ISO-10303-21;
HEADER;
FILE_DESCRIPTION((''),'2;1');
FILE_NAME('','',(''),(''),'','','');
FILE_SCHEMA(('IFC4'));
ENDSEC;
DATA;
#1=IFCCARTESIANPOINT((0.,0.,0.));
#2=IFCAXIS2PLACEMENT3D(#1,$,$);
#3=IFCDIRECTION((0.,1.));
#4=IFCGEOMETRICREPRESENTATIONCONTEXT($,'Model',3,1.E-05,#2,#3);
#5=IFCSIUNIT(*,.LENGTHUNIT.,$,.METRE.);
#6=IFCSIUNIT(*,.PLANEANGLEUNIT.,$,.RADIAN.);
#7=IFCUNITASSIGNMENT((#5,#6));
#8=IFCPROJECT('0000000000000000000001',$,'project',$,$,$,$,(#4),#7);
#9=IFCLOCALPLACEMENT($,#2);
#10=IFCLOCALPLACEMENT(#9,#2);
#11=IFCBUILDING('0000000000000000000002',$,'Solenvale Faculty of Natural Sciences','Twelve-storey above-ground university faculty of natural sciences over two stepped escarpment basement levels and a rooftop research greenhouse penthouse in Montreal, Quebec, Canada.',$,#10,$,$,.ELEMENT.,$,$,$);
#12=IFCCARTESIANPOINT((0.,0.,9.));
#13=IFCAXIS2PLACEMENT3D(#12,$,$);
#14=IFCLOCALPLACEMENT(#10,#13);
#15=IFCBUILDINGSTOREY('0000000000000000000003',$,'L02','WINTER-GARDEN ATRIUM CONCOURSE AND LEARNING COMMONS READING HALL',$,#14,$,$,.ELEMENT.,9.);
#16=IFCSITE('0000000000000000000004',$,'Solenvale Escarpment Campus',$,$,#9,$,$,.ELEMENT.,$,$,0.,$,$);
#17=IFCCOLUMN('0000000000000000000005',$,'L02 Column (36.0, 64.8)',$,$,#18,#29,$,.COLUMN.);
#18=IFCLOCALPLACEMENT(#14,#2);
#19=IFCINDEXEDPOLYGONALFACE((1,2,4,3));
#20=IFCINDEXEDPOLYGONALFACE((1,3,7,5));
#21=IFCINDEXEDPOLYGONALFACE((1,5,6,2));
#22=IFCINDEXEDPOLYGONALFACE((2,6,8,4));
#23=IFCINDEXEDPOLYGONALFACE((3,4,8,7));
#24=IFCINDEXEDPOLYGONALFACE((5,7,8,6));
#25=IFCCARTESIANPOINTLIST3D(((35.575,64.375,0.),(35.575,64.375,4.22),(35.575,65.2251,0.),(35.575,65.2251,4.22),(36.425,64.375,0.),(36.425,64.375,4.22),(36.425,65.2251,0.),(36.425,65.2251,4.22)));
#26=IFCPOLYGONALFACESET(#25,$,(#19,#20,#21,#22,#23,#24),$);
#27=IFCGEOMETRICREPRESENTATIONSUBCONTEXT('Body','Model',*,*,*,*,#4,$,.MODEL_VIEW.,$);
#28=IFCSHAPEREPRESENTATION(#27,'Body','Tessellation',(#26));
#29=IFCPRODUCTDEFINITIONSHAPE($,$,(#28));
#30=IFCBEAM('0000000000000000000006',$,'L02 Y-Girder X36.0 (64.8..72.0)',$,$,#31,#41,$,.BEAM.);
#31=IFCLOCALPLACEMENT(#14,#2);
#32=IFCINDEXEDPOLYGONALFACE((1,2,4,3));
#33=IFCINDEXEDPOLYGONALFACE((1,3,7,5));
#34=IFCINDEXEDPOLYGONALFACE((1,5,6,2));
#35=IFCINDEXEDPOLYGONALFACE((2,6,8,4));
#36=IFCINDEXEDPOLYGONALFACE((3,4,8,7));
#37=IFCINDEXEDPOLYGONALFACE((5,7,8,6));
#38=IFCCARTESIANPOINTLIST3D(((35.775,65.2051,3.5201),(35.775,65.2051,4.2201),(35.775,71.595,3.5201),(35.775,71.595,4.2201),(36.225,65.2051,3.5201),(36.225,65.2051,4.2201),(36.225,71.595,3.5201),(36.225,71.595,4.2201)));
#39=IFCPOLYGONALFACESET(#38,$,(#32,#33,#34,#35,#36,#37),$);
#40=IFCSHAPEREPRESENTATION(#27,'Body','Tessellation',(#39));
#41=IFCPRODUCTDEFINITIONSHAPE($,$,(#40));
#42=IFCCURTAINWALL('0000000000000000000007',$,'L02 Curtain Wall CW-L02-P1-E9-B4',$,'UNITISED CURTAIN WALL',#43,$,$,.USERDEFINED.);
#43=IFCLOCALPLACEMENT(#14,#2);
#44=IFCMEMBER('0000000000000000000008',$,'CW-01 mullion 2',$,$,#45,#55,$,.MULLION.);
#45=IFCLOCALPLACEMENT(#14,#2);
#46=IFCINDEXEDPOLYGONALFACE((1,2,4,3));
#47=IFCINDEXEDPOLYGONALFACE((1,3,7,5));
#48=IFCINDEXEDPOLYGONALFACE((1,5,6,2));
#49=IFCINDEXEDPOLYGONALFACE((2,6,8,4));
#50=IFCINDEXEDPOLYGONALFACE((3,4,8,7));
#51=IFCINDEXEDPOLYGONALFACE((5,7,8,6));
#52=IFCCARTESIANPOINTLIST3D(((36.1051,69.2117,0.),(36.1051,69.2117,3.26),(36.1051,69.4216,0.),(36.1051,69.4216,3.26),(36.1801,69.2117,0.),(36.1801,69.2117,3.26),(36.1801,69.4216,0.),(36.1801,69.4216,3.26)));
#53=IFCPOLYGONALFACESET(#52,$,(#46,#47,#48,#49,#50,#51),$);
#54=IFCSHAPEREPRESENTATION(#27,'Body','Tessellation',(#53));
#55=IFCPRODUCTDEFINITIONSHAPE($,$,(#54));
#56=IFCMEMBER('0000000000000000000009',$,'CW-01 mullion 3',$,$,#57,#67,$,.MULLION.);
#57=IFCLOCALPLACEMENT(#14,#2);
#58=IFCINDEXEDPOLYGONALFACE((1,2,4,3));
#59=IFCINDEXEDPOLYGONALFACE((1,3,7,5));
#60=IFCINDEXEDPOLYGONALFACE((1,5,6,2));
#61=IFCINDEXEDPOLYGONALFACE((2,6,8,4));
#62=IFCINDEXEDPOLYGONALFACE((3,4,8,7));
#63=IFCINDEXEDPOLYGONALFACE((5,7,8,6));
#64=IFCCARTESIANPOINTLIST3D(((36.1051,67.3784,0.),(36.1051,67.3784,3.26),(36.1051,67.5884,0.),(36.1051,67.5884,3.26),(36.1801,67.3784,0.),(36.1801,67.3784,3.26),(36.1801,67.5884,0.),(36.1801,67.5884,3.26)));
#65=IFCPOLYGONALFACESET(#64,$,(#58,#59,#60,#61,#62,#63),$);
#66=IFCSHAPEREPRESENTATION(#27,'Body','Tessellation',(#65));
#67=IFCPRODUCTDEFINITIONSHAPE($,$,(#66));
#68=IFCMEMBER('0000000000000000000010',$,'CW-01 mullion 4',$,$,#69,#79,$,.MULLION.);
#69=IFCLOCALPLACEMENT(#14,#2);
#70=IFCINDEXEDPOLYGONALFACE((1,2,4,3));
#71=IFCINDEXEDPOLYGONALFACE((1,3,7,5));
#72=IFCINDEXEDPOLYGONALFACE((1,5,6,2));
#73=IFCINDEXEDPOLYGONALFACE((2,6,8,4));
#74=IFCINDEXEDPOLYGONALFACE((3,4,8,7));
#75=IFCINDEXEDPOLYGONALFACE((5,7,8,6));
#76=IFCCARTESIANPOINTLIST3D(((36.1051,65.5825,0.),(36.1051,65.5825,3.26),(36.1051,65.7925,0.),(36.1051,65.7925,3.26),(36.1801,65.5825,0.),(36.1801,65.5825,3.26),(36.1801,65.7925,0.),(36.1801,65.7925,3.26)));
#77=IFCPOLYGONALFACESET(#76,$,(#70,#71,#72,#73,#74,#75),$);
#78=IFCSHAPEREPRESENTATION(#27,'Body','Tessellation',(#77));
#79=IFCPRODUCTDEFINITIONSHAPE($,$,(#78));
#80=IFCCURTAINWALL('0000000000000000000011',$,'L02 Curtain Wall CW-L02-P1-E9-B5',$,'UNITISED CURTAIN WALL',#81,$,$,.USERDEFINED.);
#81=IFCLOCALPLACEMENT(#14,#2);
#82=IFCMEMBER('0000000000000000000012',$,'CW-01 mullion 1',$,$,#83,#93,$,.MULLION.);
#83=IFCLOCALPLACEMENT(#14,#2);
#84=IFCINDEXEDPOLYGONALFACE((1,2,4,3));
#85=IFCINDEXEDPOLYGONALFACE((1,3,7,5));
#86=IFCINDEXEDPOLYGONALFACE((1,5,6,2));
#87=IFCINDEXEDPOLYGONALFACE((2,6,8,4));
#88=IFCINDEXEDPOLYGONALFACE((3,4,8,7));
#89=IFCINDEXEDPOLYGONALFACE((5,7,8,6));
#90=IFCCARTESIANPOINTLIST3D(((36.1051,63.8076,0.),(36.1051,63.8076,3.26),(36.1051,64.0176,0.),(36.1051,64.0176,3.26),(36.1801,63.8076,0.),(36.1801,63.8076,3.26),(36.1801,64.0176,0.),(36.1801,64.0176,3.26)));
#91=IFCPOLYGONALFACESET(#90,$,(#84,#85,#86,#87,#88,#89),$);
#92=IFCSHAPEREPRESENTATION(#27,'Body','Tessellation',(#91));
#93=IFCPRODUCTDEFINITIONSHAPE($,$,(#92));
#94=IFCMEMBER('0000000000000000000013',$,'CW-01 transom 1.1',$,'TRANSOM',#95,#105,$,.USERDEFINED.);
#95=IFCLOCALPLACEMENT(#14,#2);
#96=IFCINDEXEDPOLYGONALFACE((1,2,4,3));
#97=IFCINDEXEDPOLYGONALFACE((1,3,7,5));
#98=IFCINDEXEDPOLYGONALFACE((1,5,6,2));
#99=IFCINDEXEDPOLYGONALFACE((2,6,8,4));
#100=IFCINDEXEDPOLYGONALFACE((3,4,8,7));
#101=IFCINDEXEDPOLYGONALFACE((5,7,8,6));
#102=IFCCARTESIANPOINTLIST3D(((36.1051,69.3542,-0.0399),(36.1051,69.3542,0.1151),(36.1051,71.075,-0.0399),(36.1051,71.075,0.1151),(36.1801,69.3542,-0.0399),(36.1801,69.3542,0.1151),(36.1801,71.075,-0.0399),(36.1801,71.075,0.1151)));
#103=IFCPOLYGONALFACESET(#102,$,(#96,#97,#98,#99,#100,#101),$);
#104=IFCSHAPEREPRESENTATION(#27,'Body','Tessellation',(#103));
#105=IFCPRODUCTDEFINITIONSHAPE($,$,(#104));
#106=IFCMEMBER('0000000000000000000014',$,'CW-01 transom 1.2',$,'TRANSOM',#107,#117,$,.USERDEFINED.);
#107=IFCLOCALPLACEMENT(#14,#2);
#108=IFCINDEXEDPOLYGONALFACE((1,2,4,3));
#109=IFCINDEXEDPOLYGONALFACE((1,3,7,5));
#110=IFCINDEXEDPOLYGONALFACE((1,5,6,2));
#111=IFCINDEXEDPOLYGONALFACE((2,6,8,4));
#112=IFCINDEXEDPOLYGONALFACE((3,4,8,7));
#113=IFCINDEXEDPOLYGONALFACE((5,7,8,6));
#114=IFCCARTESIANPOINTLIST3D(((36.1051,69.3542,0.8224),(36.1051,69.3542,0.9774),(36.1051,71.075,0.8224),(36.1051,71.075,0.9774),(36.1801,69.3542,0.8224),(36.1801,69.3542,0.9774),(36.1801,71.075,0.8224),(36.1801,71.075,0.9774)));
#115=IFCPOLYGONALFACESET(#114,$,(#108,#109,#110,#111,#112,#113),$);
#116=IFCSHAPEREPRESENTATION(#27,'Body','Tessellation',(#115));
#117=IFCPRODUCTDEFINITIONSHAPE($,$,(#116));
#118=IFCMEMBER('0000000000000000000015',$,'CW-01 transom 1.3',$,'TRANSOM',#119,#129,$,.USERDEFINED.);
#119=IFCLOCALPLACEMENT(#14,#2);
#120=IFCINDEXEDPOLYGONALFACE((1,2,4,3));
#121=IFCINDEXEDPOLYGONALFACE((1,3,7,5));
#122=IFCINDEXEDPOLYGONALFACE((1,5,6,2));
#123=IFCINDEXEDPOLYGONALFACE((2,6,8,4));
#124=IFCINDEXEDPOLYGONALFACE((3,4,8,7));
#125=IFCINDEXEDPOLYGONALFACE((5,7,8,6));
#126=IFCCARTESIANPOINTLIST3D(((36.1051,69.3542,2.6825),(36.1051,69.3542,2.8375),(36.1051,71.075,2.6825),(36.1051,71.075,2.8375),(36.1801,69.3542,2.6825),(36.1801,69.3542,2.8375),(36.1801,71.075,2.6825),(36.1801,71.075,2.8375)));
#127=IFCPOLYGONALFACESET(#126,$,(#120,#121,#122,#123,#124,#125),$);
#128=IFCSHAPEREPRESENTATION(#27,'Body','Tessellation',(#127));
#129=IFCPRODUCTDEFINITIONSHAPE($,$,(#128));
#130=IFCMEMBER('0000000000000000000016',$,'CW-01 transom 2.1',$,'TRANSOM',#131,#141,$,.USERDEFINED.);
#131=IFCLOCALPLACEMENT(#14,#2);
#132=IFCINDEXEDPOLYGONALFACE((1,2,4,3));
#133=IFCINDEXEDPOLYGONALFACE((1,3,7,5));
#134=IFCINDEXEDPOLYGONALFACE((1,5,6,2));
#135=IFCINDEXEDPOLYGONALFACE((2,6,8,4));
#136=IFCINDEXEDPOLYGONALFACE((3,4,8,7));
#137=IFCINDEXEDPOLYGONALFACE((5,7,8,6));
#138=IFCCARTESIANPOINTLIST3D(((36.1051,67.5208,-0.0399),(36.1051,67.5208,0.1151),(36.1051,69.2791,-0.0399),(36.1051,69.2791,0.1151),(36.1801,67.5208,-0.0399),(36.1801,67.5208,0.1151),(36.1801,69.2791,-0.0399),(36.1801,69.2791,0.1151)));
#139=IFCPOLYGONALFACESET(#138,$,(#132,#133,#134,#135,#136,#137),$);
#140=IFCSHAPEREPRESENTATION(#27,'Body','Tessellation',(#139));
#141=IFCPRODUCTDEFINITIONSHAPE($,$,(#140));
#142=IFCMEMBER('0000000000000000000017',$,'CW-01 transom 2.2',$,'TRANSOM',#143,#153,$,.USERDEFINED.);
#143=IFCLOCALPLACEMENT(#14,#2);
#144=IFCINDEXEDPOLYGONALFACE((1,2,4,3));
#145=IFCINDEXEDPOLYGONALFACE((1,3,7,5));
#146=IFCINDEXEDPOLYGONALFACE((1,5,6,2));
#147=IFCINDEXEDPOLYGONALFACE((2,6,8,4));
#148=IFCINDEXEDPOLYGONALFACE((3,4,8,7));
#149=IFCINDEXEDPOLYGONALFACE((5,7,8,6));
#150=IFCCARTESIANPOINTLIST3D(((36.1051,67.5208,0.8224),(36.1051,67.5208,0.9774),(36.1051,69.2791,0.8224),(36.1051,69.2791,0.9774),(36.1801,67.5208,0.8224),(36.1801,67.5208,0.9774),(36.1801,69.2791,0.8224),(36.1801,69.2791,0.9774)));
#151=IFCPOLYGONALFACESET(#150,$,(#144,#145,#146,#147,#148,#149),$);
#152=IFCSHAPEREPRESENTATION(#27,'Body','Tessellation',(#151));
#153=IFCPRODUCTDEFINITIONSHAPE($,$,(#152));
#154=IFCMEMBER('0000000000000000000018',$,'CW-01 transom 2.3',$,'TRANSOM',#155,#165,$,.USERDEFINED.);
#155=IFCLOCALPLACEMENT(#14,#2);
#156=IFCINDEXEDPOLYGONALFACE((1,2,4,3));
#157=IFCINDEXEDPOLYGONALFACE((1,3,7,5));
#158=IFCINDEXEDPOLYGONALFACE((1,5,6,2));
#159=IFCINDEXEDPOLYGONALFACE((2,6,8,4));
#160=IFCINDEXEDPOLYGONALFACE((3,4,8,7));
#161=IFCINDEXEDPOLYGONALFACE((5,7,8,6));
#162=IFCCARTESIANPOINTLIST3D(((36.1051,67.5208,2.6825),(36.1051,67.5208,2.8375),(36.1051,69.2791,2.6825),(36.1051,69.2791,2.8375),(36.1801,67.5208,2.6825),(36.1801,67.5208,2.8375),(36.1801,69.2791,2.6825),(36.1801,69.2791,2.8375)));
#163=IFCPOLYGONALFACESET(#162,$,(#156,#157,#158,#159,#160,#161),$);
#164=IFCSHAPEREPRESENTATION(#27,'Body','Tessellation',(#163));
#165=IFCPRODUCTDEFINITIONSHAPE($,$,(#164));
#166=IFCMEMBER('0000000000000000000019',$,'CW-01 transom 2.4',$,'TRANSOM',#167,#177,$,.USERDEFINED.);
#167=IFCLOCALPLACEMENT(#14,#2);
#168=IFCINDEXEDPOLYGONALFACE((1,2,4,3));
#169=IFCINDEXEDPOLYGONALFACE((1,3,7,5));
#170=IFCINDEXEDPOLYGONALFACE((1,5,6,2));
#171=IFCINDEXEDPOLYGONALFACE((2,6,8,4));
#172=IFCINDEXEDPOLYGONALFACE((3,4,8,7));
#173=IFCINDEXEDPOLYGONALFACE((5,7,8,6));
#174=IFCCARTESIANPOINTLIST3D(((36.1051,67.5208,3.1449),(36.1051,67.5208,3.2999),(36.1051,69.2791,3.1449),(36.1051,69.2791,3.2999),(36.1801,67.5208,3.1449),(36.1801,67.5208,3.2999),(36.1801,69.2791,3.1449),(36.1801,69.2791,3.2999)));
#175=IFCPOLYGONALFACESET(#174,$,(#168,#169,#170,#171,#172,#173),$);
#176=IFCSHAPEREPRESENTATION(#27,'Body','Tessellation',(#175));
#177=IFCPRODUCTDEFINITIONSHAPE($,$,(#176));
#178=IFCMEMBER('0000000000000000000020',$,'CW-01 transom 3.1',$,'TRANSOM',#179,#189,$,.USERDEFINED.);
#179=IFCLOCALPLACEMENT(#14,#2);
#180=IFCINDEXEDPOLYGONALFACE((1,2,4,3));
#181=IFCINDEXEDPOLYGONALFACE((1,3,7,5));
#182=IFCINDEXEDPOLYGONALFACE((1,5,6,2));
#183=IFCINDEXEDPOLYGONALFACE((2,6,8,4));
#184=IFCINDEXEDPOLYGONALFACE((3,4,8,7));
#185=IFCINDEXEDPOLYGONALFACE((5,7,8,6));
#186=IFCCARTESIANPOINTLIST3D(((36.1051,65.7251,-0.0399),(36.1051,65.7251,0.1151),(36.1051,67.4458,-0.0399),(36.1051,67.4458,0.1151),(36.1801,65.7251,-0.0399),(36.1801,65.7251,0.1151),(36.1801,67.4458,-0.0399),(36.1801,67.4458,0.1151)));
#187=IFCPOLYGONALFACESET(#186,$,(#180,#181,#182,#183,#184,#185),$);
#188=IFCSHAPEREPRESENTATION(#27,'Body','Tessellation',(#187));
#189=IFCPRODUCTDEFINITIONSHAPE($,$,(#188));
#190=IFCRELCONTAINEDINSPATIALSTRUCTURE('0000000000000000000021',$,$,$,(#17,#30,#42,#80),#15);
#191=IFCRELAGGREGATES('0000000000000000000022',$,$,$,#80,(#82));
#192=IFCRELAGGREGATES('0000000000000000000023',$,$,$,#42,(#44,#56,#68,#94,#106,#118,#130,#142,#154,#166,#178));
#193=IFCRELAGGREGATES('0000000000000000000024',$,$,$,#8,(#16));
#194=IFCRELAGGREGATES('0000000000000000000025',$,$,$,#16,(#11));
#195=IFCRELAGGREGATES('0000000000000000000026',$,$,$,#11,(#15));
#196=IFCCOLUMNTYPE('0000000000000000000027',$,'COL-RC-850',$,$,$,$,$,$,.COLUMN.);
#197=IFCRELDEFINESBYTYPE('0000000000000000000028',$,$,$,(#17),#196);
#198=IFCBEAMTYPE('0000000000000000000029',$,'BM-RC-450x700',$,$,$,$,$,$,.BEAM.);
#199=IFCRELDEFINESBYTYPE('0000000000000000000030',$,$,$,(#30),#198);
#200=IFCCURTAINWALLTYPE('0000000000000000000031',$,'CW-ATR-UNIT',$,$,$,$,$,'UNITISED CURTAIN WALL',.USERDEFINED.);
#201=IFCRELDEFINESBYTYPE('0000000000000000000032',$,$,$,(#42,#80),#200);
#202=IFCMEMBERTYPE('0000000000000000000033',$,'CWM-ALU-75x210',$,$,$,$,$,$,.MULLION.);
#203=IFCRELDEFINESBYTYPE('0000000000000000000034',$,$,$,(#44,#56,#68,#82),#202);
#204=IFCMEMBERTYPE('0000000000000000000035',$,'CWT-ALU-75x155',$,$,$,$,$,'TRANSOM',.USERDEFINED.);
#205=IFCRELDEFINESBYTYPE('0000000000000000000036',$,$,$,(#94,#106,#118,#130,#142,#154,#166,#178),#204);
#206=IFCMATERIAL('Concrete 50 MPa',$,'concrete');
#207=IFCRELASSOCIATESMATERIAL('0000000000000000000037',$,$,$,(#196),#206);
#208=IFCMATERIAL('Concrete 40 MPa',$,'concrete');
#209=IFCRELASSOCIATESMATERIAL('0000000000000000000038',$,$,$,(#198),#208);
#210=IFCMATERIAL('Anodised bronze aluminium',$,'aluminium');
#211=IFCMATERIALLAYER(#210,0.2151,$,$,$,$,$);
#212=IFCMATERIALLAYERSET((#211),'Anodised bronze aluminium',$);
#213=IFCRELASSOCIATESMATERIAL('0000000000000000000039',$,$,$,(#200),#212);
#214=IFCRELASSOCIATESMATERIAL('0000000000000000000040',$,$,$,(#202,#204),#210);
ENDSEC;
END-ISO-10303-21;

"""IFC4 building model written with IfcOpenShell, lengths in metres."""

from ifc_helpers import new_model, si_unit, direction, frame, origin, origin_2d, place, context, subcontext, project, spatial, rectangle, extrude, material, layer, layer_set, material_profile, profile_set, type_object, element, aggregate, save


model = new_model("IFC4")

# Units and contexts
model_context = context("Model", 3, precision=1e-05, world=origin(), true_north=direction((0.0, 1.0)))
body_context = subcontext(model_context, "Body", "Model", "MODEL_VIEW")
ifc_project = project(units=[si_unit("LENGTHUNIT", "METRE"), si_unit("PLANEANGLEUNIT", "RADIAN")], contexts=[model_context])

# Site, building, storey
site_placement = place(None, origin())
site = spatial("IfcSite", under=ifc_project, at=site_placement, Name="Solenvale Escarpment Campus", CompositionType="ELEMENT", RefElevation=0.0)
building_placement = place(site_placement, origin())
building = spatial("IfcBuilding", under=site, at=building_placement, Name="Solenvale Faculty of Natural Sciences", Description="Twelve-storey above-ground university faculty of natural sciences over two stepped escarpment basement levels and a rooftop research greenhouse penthouse in Montreal, Quebec, Canada.", CompositionType="ELEMENT")
storey_placement = place(building_placement, frame((0.0, 0.0, 9.0)))
storey = spatial("IfcBuildingStorey", under=building, at=storey_placement, Name="L02", Description="WINTER-GARDEN ATRIUM CONCOURSE AND LEARNING COMMONS READING HALL", CompositionType="ELEMENT", Elevation=9.0)

# Column
ifc_material_1 = material(Name="Concrete 50 MPa", Category="concrete")
ifc_material_profile_1 = material_profile(ifc_material_1, rectangle(XDim=0.8501, YDim=0.8501, at=origin_2d()), Name="RC-COL-850x850")
ifc_profile_set_1 = profile_set([ifc_material_profile_1], Name="Concrete 50 MPa")
column_type = type_object("IfcColumnType", Name="COL-RC-850", PredefinedType="COLUMN", material=ifc_profile_set_1)
column_placement = place(storey_placement, frame((36.0, 64.8, 0.0), z_axis=(0.0, 0.0, 1.0), x_axis=(1.0, 0.0, 0.0)))
element("IfcColumn", 1, at=column_placement, inside=storey, type_object=column_type, Name="L02 Column (36.0, 64.8)", PredefinedType="COLUMN", context=body_context, shape_type="SweptSolid", body=[
    extrude(rectangle(XDim=0.8501, YDim=0.8501, at=origin_2d()), origin(), (0.0, 0.0, 1.0), 4.22),
])

# Beam
ifc_material_2 = material(Name="Concrete 40 MPa", Category="concrete")
ifc_material_profile_2 = material_profile(ifc_material_2, rectangle(XDim=0.45, YDim=0.7, at=origin_2d()), Name="RC-BM-450x700")
ifc_profile_set_2 = profile_set([ifc_material_profile_2], Name="Concrete 40 MPa")
beam_type = type_object("IfcBeamType", Name="BM-RC-450x700", PredefinedType="BEAM", material=ifc_profile_set_2)
beam_placement = place(storey_placement, frame((36.0, 65.2051, 3.8701), z_axis=(0.0, 1.0, 0.0), x_axis=(-1.0, 0.0, 0.0)))
element("IfcBeam", 2, at=beam_placement, inside=storey, type_object=beam_type, Name="L02 Y-Girder X36.0 (64.8..72.0)", PredefinedType="BEAM", context=body_context, shape_type="SweptSolid", body=[
    extrude(rectangle(XDim=0.45, YDim=0.7, at=origin_2d()), origin(), (0.0, 0.0, 1.0), 6.3899),
])

# Curtain wall, members
ifc_material_3 = material(Name="Anodised bronze aluminium", Category="aluminium")
ifc_layer_1 = layer(ifc_material_3, 0.2151)
ifc_layer_set_1 = layer_set([ifc_layer_1], Name="Anodised bronze aluminium")
curtain_wall_type = type_object("IfcCurtainWallType", Name="CW-ATR-UNIT", ElementType="UNITISED CURTAIN WALL", PredefinedType="USERDEFINED", material=ifc_layer_set_1)
curtain_wall_1_placement = place(storey_placement, origin())
curtain_wall_1 = element("IfcCurtainWall", 3, at=curtain_wall_1_placement, inside=storey, type_object=curtain_wall_type, Name="L02 Curtain Wall CW-L02-P1-E9-B4", ObjectType="UNITISED CURTAIN WALL", PredefinedType="USERDEFINED")
ifc_material_profile_3 = material_profile(ifc_material_3, rectangle(XDim=0.075, YDim=0.21, at=origin_2d()), Name="ALU-MUL-75x210")
ifc_profile_set_3 = profile_set([ifc_material_profile_3], Name="Anodised bronze aluminium")
member_type_1 = type_object("IfcMemberType", Name="CWM-ALU-75x210", PredefinedType="MULLION", material=ifc_profile_set_3)
member_1_placement = place(storey_placement, frame((36.1426, 69.3167, 0.0), z_axis=(0.0, 0.0, 1.0), x_axis=(1.0, 0.0, 0.0)))
member_1 = element("IfcMember", 4, at=member_1_placement, type_object=member_type_1, Name="CW-01 mullion 2", PredefinedType="MULLION", context=body_context, shape_type="SweptSolid", body=[
    extrude(rectangle(XDim=0.075, YDim=0.21, at=origin_2d()), origin(), (0.0, 0.0, 1.0), 3.26),
])
member_2_placement = place(storey_placement, frame((36.1426, 67.4834, 0.0), z_axis=(0.0, 0.0, 1.0), x_axis=(1.0, 0.0, 0.0)))
member_2 = element("IfcMember", 5, at=member_2_placement, type_object=member_type_1, Name="CW-01 mullion 3", PredefinedType="MULLION", context=body_context, shape_type="SweptSolid", body=[
    extrude(rectangle(XDim=0.075, YDim=0.21, at=origin_2d()), origin(), (0.0, 0.0, 1.0), 3.26),
])
member_3_placement = place(storey_placement, frame((36.1426, 65.6875, 0.0), z_axis=(0.0, 0.0, 1.0), x_axis=(1.0, 0.0, 0.0)))
member_3 = element("IfcMember", 6, at=member_3_placement, type_object=member_type_1, Name="CW-01 mullion 4", PredefinedType="MULLION", context=body_context, shape_type="SweptSolid", body=[
    extrude(rectangle(XDim=0.075, YDim=0.21, at=origin_2d()), origin(), (0.0, 0.0, 1.0), 3.26),
])

# Curtain wall, member
curtain_wall_2_placement = place(storey_placement, origin())
curtain_wall_2 = element("IfcCurtainWall", 7, at=curtain_wall_2_placement, inside=storey, type_object=curtain_wall_type, Name="L02 Curtain Wall CW-L02-P1-E9-B5", ObjectType="UNITISED CURTAIN WALL", PredefinedType="USERDEFINED")
member_4_placement = place(storey_placement, frame((36.1426, 63.9126, 0.0), z_axis=(0.0, 0.0, 1.0), x_axis=(1.0, 0.0, 0.0)))
member_4 = element("IfcMember", 8, at=member_4_placement, type_object=member_type_1, Name="CW-01 mullion 1", PredefinedType="MULLION", context=body_context, shape_type="SweptSolid", body=[
    extrude(rectangle(XDim=0.075, YDim=0.21, at=origin_2d()), origin(), (0.0, 0.0, 1.0), 3.26),
])

# Members
ifc_material_profile_4 = material_profile(ifc_material_3, rectangle(XDim=0.075, YDim=0.155, at=origin_2d()), Name="ALU-TRN-75x155")
ifc_profile_set_4 = profile_set([ifc_material_profile_4], Name="Anodised bronze aluminium")
member_type_2 = type_object("IfcMemberType", Name="CWT-ALU-75x155", ElementType="TRANSOM", PredefinedType="USERDEFINED", material=ifc_profile_set_4)
member_5_placement = place(storey_placement, frame((36.1426, 71.075, 0.0376), z_axis=(0.0, -1.0, 0.0), x_axis=(1.0, 0.0, 0.0)))
member_5 = element("IfcMember", 9, at=member_5_placement, type_object=member_type_2, Name="CW-01 transom 1.1", ObjectType="TRANSOM", PredefinedType="USERDEFINED", context=body_context, shape_type="SweptSolid", body=[
    extrude(rectangle(XDim=0.075, YDim=0.155, at=origin_2d()), origin(), (0.0, 0.0, 1.0), 1.7207),
])
member_6_placement = place(storey_placement, frame((36.1426, 71.075, 0.8999), z_axis=(0.0, -1.0, 0.0), x_axis=(1.0, 0.0, 0.0)))
member_6 = element("IfcMember", 10, at=member_6_placement, type_object=member_type_2, Name="CW-01 transom 1.2", ObjectType="TRANSOM", PredefinedType="USERDEFINED", context=body_context, shape_type="SweptSolid", body=[
    extrude(rectangle(XDim=0.075, YDim=0.155, at=origin_2d()), origin(), (0.0, 0.0, 1.0), 1.7207),
])
member_7_placement = place(storey_placement, frame((36.1426, 71.075, 2.76), z_axis=(0.0, -1.0, 0.0), x_axis=(1.0, 0.0, 0.0)))
member_7 = element("IfcMember", 11, at=member_7_placement, type_object=member_type_2, Name="CW-01 transom 1.3", ObjectType="TRANSOM", PredefinedType="USERDEFINED", context=body_context, shape_type="SweptSolid", body=[
    extrude(rectangle(XDim=0.075, YDim=0.155, at=origin_2d()), origin(), (0.0, 0.0, 1.0), 1.7207),
])
member_8_placement = place(storey_placement, frame((36.1426, 69.2791, 0.0376), z_axis=(0.0, -1.0, 0.0), x_axis=(1.0, 0.0, 0.0)))
member_8 = element("IfcMember", 12, at=member_8_placement, type_object=member_type_2, Name="CW-01 transom 2.1", ObjectType="TRANSOM", PredefinedType="USERDEFINED", context=body_context, shape_type="SweptSolid", body=[
    extrude(rectangle(XDim=0.075, YDim=0.155, at=origin_2d()), origin(), (0.0, 0.0, 1.0), 1.7583),
])
member_9_placement = place(storey_placement, frame((36.1426, 69.2791, 0.8999), z_axis=(0.0, -1.0, 0.0), x_axis=(1.0, 0.0, 0.0)))
member_9 = element("IfcMember", 13, at=member_9_placement, type_object=member_type_2, Name="CW-01 transom 2.2", ObjectType="TRANSOM", PredefinedType="USERDEFINED", context=body_context, shape_type="SweptSolid", body=[
    extrude(rectangle(XDim=0.075, YDim=0.155, at=origin_2d()), origin(), (0.0, 0.0, 1.0), 1.7583),
])
member_10_placement = place(storey_placement, frame((36.1426, 69.2791, 2.76), z_axis=(0.0, -1.0, 0.0), x_axis=(1.0, 0.0, 0.0)))
member_10 = element("IfcMember", 14, at=member_10_placement, type_object=member_type_2, Name="CW-01 transom 2.3", ObjectType="TRANSOM", PredefinedType="USERDEFINED", context=body_context, shape_type="SweptSolid", body=[
    extrude(rectangle(XDim=0.075, YDim=0.155, at=origin_2d()), origin(), (0.0, 0.0, 1.0), 1.7583),
])
member_11_placement = place(storey_placement, frame((36.1426, 69.2791, 3.2224), z_axis=(0.0, -1.0, 0.0), x_axis=(1.0, 0.0, 0.0)))
member_11 = element("IfcMember", 15, at=member_11_placement, type_object=member_type_2, Name="CW-01 transom 2.4", ObjectType="TRANSOM", PredefinedType="USERDEFINED", context=body_context, shape_type="SweptSolid", body=[
    extrude(rectangle(XDim=0.075, YDim=0.155, at=origin_2d()), origin(), (0.0, 0.0, 1.0), 1.7583),
])
member_12_placement = place(storey_placement, frame((36.1426, 67.4458, 0.0376), z_axis=(0.0, -1.0, 0.0), x_axis=(1.0, 0.0, 0.0)))
member_12 = element("IfcMember", 16, at=member_12_placement, type_object=member_type_2, Name="CW-01 transom 3.1", ObjectType="TRANSOM", PredefinedType="USERDEFINED", context=body_context, shape_type="SweptSolid", body=[
    extrude(rectangle(XDim=0.075, YDim=0.155, at=origin_2d()), origin(), (0.0, 0.0, 1.0), 1.7207),
])
aggregate(curtain_wall_2, [member_4])

aggregate(curtain_wall_1, [member_1, member_2, member_3, member_5, member_6, member_7, member_8, member_9, member_10, member_11, member_12])

save(model, "model.ifc")
